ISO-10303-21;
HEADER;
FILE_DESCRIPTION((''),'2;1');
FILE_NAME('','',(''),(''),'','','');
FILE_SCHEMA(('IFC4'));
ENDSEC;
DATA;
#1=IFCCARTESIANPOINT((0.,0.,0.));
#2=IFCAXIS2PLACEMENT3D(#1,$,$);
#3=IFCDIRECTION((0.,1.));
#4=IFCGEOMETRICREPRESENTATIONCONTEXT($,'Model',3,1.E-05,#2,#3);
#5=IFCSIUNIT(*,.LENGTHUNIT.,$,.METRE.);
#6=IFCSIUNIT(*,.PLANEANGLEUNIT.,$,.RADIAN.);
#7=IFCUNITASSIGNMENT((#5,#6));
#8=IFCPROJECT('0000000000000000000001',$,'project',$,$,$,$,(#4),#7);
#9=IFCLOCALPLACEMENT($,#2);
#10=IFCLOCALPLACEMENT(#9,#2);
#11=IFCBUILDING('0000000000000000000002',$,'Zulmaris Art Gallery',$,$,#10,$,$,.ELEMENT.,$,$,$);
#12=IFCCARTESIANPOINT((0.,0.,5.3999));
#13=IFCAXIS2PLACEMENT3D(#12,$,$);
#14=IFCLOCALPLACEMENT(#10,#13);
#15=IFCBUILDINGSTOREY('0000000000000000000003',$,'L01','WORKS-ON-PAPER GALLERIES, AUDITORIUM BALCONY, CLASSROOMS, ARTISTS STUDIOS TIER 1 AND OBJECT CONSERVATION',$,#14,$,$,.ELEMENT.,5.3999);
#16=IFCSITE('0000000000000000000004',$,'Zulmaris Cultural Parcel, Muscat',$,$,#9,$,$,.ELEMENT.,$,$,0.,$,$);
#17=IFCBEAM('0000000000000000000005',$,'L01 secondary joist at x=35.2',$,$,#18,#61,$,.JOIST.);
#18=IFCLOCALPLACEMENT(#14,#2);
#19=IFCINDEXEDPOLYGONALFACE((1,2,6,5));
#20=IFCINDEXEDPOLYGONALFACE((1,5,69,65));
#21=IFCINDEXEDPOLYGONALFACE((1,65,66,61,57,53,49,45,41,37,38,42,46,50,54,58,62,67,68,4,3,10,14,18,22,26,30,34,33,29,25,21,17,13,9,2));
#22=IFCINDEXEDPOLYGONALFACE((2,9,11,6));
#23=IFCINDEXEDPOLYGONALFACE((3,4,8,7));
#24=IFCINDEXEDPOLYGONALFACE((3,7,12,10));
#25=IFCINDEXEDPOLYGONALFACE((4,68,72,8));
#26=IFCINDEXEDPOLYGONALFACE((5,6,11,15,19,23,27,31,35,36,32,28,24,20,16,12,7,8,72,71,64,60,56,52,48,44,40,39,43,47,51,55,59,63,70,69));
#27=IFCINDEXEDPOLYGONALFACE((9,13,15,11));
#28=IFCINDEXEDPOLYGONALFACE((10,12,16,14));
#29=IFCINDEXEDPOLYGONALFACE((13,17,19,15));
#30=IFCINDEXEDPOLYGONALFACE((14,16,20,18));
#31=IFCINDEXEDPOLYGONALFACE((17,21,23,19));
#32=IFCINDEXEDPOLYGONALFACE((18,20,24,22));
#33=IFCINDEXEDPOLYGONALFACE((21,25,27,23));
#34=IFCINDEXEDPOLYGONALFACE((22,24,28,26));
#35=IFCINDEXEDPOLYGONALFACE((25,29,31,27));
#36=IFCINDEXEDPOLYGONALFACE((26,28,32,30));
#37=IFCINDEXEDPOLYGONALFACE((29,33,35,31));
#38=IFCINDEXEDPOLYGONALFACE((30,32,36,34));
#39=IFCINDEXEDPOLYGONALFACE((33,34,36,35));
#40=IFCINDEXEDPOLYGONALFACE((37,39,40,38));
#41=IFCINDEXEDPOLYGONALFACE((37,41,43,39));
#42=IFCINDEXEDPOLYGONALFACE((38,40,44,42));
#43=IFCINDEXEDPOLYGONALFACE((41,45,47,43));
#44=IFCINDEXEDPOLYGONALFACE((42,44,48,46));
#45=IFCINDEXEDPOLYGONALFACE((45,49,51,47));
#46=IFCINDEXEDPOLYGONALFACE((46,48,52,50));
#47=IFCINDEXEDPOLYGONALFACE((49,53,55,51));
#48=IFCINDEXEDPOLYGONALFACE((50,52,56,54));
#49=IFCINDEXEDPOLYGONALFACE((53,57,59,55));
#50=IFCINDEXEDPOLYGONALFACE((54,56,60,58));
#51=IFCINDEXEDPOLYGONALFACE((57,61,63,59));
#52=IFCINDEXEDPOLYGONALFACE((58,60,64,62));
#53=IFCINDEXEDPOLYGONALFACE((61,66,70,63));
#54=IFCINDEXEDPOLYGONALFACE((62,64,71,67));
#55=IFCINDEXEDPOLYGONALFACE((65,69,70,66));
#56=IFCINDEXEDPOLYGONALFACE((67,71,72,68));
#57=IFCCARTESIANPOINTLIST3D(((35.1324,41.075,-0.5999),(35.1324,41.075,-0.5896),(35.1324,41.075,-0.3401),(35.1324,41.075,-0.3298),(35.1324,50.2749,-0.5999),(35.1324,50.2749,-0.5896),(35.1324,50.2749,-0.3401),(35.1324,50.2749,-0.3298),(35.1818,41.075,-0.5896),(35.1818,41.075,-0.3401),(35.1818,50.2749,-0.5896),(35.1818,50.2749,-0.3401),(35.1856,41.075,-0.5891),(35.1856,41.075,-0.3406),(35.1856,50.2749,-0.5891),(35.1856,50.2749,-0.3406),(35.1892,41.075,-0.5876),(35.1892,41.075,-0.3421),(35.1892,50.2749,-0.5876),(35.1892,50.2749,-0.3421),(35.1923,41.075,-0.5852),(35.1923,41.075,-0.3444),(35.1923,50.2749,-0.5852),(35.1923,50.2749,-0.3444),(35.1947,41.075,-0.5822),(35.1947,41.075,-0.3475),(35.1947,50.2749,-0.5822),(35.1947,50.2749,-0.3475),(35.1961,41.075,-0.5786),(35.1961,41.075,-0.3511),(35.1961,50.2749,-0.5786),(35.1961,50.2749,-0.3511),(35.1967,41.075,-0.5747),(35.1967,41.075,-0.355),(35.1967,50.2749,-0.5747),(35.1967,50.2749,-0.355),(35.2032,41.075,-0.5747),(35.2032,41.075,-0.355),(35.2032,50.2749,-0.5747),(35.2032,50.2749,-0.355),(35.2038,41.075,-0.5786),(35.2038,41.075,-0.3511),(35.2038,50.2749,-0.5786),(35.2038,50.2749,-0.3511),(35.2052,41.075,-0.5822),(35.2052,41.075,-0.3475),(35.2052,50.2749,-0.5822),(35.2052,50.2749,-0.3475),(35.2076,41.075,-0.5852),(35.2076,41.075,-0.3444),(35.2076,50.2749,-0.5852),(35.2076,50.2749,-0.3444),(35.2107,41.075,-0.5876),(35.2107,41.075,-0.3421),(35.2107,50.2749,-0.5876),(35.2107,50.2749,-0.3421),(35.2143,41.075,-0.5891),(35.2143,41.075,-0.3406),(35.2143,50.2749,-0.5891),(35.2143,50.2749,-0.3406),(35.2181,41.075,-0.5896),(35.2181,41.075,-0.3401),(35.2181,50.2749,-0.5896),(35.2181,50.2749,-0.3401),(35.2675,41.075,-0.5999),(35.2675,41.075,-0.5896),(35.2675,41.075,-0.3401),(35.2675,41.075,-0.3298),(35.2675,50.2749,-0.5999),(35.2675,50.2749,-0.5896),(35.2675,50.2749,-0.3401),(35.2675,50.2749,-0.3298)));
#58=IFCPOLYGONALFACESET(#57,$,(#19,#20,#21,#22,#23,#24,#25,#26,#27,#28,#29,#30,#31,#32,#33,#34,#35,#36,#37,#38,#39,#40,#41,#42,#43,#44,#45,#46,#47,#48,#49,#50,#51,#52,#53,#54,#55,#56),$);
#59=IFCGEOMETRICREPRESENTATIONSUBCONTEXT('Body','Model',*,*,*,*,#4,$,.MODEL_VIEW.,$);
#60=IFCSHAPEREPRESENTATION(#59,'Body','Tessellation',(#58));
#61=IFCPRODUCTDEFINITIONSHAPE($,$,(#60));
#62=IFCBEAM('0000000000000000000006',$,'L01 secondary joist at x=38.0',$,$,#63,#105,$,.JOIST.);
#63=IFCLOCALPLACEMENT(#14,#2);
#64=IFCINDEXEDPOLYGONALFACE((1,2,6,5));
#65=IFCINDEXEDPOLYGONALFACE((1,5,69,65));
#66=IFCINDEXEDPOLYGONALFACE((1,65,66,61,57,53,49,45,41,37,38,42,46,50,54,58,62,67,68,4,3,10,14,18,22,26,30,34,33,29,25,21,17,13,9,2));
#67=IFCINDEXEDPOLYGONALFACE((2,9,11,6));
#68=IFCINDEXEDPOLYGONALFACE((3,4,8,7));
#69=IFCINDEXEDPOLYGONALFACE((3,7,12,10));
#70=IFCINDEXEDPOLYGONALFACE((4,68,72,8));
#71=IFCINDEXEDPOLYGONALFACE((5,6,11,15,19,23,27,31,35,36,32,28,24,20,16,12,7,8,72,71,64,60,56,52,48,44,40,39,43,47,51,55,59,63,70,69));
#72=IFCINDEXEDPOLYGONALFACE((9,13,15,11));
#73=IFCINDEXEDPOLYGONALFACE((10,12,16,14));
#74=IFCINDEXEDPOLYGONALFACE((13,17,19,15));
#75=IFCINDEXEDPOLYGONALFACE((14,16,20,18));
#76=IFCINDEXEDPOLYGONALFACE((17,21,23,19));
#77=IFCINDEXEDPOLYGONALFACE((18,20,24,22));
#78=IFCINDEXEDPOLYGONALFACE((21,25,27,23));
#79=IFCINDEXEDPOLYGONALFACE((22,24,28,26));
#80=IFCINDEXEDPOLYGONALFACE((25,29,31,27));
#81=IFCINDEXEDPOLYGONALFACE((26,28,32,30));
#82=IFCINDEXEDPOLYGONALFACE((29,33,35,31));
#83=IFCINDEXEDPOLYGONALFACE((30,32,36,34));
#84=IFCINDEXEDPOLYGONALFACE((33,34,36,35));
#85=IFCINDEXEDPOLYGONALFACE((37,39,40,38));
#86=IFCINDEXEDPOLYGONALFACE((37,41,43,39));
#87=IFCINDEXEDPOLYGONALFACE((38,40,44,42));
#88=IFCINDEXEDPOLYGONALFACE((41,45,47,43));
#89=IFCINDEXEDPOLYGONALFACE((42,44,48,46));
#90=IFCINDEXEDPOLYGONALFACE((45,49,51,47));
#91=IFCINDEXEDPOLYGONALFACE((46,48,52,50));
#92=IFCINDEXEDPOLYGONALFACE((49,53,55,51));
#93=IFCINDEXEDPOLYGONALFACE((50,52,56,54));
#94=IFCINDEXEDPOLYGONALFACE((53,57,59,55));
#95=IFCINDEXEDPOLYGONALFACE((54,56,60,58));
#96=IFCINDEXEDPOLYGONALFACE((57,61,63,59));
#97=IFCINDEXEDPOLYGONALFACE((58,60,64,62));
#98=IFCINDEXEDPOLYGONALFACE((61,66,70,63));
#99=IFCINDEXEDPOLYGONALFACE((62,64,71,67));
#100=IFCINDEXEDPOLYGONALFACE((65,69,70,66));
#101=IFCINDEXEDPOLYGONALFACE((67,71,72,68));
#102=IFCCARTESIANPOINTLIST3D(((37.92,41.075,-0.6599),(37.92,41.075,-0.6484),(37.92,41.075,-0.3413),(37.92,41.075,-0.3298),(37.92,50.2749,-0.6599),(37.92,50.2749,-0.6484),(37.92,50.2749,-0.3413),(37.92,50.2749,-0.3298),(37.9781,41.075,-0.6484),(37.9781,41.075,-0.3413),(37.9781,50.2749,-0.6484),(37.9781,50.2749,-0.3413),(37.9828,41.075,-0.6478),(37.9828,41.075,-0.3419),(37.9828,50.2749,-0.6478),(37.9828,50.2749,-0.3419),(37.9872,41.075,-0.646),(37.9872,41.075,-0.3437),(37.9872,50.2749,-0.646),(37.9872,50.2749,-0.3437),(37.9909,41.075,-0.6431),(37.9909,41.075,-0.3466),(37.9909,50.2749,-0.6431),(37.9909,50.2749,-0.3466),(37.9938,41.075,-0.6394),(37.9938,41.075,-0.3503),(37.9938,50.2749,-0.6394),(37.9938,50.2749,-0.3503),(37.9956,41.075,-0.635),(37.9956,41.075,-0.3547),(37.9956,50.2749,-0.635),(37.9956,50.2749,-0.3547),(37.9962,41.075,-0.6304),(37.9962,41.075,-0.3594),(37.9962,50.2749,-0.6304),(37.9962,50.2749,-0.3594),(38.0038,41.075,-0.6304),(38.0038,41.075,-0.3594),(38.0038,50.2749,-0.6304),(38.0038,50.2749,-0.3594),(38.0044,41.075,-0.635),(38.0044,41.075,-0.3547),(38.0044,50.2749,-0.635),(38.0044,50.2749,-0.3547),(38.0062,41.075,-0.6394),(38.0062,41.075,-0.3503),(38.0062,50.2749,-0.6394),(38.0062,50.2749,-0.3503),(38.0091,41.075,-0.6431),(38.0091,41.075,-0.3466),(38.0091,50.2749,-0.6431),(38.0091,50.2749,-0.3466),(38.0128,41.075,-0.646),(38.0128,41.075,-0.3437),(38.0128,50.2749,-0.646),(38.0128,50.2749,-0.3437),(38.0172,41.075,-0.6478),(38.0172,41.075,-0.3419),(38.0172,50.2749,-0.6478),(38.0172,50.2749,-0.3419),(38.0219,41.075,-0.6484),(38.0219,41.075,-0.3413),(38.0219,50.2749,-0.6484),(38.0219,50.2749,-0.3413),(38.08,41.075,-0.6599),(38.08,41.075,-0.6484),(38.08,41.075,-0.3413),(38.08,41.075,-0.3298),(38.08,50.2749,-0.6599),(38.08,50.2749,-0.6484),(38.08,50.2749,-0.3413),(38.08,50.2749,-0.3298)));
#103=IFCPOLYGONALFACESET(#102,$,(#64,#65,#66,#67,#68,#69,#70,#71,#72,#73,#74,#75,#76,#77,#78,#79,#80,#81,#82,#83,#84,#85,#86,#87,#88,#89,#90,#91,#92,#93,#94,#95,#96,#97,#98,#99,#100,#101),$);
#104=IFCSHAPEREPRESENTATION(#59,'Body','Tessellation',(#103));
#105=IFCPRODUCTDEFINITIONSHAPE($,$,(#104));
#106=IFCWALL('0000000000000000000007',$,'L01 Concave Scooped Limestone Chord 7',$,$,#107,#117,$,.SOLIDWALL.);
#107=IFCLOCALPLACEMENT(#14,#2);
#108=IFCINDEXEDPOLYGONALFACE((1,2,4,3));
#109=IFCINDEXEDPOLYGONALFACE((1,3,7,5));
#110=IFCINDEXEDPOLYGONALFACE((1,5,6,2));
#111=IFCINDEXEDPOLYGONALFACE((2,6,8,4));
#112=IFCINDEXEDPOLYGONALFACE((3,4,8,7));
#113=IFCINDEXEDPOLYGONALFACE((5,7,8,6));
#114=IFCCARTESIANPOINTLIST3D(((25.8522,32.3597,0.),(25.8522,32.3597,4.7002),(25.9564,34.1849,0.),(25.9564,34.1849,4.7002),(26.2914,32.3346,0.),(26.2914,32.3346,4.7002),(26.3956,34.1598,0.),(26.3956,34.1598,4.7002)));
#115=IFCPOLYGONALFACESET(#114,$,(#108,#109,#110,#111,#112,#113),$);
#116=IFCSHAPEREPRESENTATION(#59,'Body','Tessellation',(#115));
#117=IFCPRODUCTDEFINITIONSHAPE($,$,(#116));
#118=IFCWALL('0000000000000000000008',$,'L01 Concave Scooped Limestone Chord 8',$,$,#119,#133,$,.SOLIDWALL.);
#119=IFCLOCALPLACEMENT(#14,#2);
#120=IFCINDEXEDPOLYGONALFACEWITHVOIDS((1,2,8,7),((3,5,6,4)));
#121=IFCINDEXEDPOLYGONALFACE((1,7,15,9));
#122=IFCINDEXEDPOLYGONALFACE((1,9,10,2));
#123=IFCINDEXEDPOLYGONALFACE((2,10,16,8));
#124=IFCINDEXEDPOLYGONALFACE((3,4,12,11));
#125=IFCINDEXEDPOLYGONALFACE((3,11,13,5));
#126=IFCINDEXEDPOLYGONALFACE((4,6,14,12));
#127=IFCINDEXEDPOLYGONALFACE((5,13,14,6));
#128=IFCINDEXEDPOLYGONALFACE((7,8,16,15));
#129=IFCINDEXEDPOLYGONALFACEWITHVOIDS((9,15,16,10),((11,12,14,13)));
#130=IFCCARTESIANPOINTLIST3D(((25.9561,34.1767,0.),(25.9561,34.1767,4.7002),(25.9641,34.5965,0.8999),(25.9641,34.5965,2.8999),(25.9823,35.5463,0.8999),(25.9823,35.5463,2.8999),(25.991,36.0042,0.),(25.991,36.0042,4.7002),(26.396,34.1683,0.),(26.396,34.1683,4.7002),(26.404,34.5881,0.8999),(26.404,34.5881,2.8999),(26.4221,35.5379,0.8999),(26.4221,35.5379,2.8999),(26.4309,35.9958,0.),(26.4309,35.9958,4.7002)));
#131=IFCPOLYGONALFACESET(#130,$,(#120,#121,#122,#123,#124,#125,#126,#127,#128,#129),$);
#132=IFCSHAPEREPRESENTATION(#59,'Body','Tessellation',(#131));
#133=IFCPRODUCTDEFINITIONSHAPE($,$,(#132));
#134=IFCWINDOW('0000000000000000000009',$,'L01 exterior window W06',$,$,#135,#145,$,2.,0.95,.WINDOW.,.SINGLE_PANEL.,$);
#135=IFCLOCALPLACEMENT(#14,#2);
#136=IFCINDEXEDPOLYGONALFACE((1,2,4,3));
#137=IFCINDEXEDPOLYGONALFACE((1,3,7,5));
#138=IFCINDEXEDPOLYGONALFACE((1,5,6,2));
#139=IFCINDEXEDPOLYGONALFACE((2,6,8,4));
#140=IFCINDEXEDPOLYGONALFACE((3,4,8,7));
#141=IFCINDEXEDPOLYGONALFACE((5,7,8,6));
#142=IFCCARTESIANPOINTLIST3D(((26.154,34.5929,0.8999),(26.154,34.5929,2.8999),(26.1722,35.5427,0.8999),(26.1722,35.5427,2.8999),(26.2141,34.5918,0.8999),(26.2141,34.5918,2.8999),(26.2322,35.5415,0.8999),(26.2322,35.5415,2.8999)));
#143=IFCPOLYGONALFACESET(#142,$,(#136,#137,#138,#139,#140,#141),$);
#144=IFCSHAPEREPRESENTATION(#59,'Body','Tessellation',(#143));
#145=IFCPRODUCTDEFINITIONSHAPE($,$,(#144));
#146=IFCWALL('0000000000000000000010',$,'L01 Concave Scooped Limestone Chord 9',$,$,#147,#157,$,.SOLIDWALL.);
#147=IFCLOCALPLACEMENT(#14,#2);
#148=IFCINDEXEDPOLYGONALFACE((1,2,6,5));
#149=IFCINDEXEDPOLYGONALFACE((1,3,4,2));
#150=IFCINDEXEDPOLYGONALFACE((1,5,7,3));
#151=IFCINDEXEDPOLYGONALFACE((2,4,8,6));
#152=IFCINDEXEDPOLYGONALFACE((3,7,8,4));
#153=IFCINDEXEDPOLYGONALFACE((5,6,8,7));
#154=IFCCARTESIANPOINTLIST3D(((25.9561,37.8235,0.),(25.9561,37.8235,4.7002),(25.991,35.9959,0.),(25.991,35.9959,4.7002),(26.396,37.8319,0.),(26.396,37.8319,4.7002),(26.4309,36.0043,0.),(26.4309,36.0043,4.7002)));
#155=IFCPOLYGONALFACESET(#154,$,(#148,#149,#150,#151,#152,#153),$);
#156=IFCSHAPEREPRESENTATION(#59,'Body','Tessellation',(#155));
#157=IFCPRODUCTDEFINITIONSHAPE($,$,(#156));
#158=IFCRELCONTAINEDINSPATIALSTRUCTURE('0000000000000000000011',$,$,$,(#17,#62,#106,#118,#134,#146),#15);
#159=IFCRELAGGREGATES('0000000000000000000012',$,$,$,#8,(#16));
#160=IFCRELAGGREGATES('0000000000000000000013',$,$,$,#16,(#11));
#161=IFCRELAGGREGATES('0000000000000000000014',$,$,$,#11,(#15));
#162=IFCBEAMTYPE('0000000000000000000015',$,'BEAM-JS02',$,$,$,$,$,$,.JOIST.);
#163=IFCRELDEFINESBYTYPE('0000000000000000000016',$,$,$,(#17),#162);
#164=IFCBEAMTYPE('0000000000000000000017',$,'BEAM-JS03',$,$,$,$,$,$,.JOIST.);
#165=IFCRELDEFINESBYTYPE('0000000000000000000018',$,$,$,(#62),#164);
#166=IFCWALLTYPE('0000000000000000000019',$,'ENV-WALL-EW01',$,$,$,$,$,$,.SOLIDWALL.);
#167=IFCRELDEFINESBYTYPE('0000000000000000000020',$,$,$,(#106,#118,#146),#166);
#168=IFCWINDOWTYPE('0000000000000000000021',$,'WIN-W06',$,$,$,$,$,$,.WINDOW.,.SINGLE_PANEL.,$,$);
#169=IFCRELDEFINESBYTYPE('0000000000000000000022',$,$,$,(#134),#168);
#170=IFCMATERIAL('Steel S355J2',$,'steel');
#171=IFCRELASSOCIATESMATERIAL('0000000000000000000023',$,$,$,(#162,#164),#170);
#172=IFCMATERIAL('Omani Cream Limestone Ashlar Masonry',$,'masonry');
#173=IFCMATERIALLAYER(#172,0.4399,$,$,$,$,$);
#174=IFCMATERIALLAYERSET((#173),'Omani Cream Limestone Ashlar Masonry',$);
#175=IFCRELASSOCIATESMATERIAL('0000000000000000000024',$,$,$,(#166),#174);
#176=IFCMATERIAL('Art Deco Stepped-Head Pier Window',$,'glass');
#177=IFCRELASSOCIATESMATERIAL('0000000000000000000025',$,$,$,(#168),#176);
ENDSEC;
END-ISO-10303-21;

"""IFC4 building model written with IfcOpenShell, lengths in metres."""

from ifc_helpers import new_model, si_unit, direction, frame, frame_2d, origin, origin_2d, place, context, subcontext, project, spatial, rectangle, i_section, extrude, material, layer, layer_set, material_profile, profile_set, type_object, element, fill, save


model = new_model("IFC4")

# Units and contexts
model_context = context("Model", 3, precision=1e-05, world=origin(), true_north=direction((0.0, 1.0)))
body_context = subcontext(model_context, "Body", "Model", "MODEL_VIEW")
ifc_project = project(units=[si_unit("LENGTHUNIT", "METRE"), si_unit("PLANEANGLEUNIT", "RADIAN")], contexts=[model_context])

# Site, building, storey
site_placement = place(None, origin())
site = spatial("IfcSite", under=ifc_project, at=site_placement, Name="Zulmaris Cultural Parcel, Muscat", CompositionType="ELEMENT", RefElevation=0.0)
building_placement = place(site_placement, origin())
building = spatial("IfcBuilding", under=site, at=building_placement, Name="Zulmaris Art Gallery", CompositionType="ELEMENT")
storey_placement = place(building_placement, frame((0.0, 0.0, 5.3999)))
storey = spatial("IfcBuildingStorey", under=building, at=storey_placement, Name="L01", Description="WORKS-ON-PAPER GALLERIES, AUDITORIUM BALCONY, CLASSROOMS, ARTISTS STUDIOS TIER 1 AND OBJECT CONSERVATION", CompositionType="ELEMENT", Elevation=5.3999)

# Beams
ifc_material_1 = material(Name="Steel S355J2", Category="steel")
ifc_material_profile_1 = material_profile(ifc_material_1, i_section(OverallWidth=0.135, OverallDepth=0.27, WebThickness=0.0066, FlangeThickness=0.0103, FilletRadius=0.0149, at=origin_2d()), Name="IPE 270")
ifc_profile_set_1 = profile_set([ifc_material_profile_1], Name="Steel S355J2")
beam_type_1 = type_object("IfcBeamType", Name="BEAM-JS02", PredefinedType="JOIST", material=ifc_profile_set_1)
for number, where, z_axis, x_axis, name in (
    (1, (35.2, 41.075, -0.4648), (0.0, 1.0, 0.0), (-1.0, 0.0, 0.0), "L01 secondary joist at x=35.2"),
):
    element("IfcBeam", number, at=place(storey_placement, frame(where, z_axis=z_axis, x_axis=x_axis)), inside=storey, type_object=beam_type_1, Name=name, PredefinedType="JOIST", context=body_context, shape_type="SweptSolid", body=[
        extrude(i_section(OverallWidth=0.135, OverallDepth=0.27, WebThickness=0.0066, FlangeThickness=0.0103, FilletRadius=0.0149, at=origin_2d()), origin(), (0.0, 0.0, 1.0), 9.2),
    ])
ifc_material_profile_2 = material_profile(ifc_material_1, i_section(OverallWidth=0.1599, OverallDepth=0.3301, WebThickness=0.0076, FlangeThickness=0.0115, FilletRadius=0.0181, at=origin_2d()), Name="IPE 330")
ifc_profile_set_2 = profile_set([ifc_material_profile_2], Name="Steel S355J2")
beam_type_2 = type_object("IfcBeamType", Name="BEAM-JS03", PredefinedType="JOIST", material=ifc_profile_set_2)
beam_1_placement = place(storey_placement, frame((38.0, 41.075, -0.4949), z_axis=(0.0, 1.0, 0.0), x_axis=(-1.0, 0.0, 0.0)))
element("IfcBeam", 2, at=beam_1_placement, inside=storey, type_object=beam_type_2, Name="L01 secondary joist at x=38.0", PredefinedType="JOIST", context=body_context, shape_type="SweptSolid", body=[
    extrude(i_section(OverallWidth=0.1599, OverallDepth=0.3301, WebThickness=0.0076, FlangeThickness=0.0115, FilletRadius=0.0181, at=origin_2d()), origin(), (0.0, 0.0, 1.0), 9.2),
])

# Wall
ifc_material_2 = material(Name="Omani Cream Limestone Ashlar Masonry", Category="masonry")
ifc_layer_1 = layer(ifc_material_2, 0.4399)
ifc_layer_set_1 = layer_set([ifc_layer_1], Name="Omani Cream Limestone Ashlar Masonry")
wall_type_1 = type_object("IfcWallType", Name="ENV-WALL-EW01", PredefinedType="SOLIDWALL", material=ifc_layer_set_1)
wall_1_placement = place(storey_placement, frame((26.0718, 32.3472, 0.0), z_axis=(0.0, 0.0, 1.0), x_axis=(0.057023, 0.998373, 0.0)))
element("IfcWall", 3, at=wall_1_placement, inside=storey, type_object=wall_type_1, Name="L01 Concave Scooped Limestone Chord 7", PredefinedType="SOLIDWALL", context=body_context, shape_type="SweptSolid", body=[
    extrude(rectangle(XDim=1.8281, YDim=0.4399, at=frame_2d((0.9141, 0.0))), origin(), (0.0, 0.0, 1.0), 4.7002),
])

# Wall, opening, window
wall_2_placement = place(storey_placement, frame((26.176, 34.1724, 0.0), z_axis=(0.0, 0.0, 1.0), x_axis=(0.019099, 0.999818, 0.0)))
wall_2 = element("IfcWall", 4, at=wall_2_placement, inside=storey, type_object=wall_type_1, Name="L01 Concave Scooped Limestone Chord 8", PredefinedType="SOLIDWALL", context=body_context, shape_type="SweptSolid", body=[
    extrude(rectangle(XDim=1.8279, YDim=0.4399, at=frame_2d((0.9141, 0.0))), origin(), (0.0, 0.0, 1.0), 4.7002),
])
opening_1_placement = place(wall_2_placement, frame((0.4199, 0.0, 0.8999)))
opening_1 = element("IfcOpeningElement", 5, at=opening_1_placement, cuts=wall_2, PredefinedType="OPENING", context=body_context, shape_type="SweptSolid", body=[
    extrude(rectangle(XDim=0.95, YDim=2.0, at=frame_2d((0.4751, 1.0))), frame((0.0, 0.23, 0.0), z_axis=(0.0, -1.0, 0.0), x_axis=(1.0, 0.0, 0.0)), (0.0, 0.0, 1.0), 0.46),
])
ifc_material_3 = material(Name="Art Deco Stepped-Head Pier Window", Category="glass")
window_type = type_object("IfcWindowType", Name="WIN-W06", PartitioningType="SINGLE_PANEL", PredefinedType="WINDOW", material=ifc_material_3)
window_1_placement = place(opening_1_placement, origin())
window_1 = element("IfcWindow", 6, at=window_1_placement, inside=storey, type_object=window_type, Name="L01 exterior window W06", OverallHeight=2.0, OverallWidth=0.95, PartitioningType="SINGLE_PANEL", PredefinedType="WINDOW", context=body_context, shape_type="SweptSolid", body=[
    extrude(rectangle(XDim=0.95, YDim=2.0, at=frame_2d((0.4751, 1.0))), frame((0.0, 0.03, 0.0), z_axis=(0.0, -1.0, 0.0), x_axis=(1.0, 0.0, 0.0)), (0.0, 0.0, 1.0), 0.0601),
])
fill(opening_1, window_1)

# Wall
wall_3_placement = place(storey_placement, frame((26.2109, 36.0, 0.0), z_axis=(0.0, 0.0, 1.0), x_axis=(-0.019099, 0.999818, 0.0)))
element("IfcWall", 7, at=wall_3_placement, inside=storey, type_object=wall_type_1, Name="L01 Concave Scooped Limestone Chord 9", PredefinedType="SOLIDWALL", context=body_context, shape_type="SweptSolid", body=[
    extrude(rectangle(XDim=1.8279, YDim=0.4399, at=frame_2d((0.9141, 0.0))), origin(), (0.0, 0.0, 1.0), 4.7002),
])

save(model, "model.ifc")
